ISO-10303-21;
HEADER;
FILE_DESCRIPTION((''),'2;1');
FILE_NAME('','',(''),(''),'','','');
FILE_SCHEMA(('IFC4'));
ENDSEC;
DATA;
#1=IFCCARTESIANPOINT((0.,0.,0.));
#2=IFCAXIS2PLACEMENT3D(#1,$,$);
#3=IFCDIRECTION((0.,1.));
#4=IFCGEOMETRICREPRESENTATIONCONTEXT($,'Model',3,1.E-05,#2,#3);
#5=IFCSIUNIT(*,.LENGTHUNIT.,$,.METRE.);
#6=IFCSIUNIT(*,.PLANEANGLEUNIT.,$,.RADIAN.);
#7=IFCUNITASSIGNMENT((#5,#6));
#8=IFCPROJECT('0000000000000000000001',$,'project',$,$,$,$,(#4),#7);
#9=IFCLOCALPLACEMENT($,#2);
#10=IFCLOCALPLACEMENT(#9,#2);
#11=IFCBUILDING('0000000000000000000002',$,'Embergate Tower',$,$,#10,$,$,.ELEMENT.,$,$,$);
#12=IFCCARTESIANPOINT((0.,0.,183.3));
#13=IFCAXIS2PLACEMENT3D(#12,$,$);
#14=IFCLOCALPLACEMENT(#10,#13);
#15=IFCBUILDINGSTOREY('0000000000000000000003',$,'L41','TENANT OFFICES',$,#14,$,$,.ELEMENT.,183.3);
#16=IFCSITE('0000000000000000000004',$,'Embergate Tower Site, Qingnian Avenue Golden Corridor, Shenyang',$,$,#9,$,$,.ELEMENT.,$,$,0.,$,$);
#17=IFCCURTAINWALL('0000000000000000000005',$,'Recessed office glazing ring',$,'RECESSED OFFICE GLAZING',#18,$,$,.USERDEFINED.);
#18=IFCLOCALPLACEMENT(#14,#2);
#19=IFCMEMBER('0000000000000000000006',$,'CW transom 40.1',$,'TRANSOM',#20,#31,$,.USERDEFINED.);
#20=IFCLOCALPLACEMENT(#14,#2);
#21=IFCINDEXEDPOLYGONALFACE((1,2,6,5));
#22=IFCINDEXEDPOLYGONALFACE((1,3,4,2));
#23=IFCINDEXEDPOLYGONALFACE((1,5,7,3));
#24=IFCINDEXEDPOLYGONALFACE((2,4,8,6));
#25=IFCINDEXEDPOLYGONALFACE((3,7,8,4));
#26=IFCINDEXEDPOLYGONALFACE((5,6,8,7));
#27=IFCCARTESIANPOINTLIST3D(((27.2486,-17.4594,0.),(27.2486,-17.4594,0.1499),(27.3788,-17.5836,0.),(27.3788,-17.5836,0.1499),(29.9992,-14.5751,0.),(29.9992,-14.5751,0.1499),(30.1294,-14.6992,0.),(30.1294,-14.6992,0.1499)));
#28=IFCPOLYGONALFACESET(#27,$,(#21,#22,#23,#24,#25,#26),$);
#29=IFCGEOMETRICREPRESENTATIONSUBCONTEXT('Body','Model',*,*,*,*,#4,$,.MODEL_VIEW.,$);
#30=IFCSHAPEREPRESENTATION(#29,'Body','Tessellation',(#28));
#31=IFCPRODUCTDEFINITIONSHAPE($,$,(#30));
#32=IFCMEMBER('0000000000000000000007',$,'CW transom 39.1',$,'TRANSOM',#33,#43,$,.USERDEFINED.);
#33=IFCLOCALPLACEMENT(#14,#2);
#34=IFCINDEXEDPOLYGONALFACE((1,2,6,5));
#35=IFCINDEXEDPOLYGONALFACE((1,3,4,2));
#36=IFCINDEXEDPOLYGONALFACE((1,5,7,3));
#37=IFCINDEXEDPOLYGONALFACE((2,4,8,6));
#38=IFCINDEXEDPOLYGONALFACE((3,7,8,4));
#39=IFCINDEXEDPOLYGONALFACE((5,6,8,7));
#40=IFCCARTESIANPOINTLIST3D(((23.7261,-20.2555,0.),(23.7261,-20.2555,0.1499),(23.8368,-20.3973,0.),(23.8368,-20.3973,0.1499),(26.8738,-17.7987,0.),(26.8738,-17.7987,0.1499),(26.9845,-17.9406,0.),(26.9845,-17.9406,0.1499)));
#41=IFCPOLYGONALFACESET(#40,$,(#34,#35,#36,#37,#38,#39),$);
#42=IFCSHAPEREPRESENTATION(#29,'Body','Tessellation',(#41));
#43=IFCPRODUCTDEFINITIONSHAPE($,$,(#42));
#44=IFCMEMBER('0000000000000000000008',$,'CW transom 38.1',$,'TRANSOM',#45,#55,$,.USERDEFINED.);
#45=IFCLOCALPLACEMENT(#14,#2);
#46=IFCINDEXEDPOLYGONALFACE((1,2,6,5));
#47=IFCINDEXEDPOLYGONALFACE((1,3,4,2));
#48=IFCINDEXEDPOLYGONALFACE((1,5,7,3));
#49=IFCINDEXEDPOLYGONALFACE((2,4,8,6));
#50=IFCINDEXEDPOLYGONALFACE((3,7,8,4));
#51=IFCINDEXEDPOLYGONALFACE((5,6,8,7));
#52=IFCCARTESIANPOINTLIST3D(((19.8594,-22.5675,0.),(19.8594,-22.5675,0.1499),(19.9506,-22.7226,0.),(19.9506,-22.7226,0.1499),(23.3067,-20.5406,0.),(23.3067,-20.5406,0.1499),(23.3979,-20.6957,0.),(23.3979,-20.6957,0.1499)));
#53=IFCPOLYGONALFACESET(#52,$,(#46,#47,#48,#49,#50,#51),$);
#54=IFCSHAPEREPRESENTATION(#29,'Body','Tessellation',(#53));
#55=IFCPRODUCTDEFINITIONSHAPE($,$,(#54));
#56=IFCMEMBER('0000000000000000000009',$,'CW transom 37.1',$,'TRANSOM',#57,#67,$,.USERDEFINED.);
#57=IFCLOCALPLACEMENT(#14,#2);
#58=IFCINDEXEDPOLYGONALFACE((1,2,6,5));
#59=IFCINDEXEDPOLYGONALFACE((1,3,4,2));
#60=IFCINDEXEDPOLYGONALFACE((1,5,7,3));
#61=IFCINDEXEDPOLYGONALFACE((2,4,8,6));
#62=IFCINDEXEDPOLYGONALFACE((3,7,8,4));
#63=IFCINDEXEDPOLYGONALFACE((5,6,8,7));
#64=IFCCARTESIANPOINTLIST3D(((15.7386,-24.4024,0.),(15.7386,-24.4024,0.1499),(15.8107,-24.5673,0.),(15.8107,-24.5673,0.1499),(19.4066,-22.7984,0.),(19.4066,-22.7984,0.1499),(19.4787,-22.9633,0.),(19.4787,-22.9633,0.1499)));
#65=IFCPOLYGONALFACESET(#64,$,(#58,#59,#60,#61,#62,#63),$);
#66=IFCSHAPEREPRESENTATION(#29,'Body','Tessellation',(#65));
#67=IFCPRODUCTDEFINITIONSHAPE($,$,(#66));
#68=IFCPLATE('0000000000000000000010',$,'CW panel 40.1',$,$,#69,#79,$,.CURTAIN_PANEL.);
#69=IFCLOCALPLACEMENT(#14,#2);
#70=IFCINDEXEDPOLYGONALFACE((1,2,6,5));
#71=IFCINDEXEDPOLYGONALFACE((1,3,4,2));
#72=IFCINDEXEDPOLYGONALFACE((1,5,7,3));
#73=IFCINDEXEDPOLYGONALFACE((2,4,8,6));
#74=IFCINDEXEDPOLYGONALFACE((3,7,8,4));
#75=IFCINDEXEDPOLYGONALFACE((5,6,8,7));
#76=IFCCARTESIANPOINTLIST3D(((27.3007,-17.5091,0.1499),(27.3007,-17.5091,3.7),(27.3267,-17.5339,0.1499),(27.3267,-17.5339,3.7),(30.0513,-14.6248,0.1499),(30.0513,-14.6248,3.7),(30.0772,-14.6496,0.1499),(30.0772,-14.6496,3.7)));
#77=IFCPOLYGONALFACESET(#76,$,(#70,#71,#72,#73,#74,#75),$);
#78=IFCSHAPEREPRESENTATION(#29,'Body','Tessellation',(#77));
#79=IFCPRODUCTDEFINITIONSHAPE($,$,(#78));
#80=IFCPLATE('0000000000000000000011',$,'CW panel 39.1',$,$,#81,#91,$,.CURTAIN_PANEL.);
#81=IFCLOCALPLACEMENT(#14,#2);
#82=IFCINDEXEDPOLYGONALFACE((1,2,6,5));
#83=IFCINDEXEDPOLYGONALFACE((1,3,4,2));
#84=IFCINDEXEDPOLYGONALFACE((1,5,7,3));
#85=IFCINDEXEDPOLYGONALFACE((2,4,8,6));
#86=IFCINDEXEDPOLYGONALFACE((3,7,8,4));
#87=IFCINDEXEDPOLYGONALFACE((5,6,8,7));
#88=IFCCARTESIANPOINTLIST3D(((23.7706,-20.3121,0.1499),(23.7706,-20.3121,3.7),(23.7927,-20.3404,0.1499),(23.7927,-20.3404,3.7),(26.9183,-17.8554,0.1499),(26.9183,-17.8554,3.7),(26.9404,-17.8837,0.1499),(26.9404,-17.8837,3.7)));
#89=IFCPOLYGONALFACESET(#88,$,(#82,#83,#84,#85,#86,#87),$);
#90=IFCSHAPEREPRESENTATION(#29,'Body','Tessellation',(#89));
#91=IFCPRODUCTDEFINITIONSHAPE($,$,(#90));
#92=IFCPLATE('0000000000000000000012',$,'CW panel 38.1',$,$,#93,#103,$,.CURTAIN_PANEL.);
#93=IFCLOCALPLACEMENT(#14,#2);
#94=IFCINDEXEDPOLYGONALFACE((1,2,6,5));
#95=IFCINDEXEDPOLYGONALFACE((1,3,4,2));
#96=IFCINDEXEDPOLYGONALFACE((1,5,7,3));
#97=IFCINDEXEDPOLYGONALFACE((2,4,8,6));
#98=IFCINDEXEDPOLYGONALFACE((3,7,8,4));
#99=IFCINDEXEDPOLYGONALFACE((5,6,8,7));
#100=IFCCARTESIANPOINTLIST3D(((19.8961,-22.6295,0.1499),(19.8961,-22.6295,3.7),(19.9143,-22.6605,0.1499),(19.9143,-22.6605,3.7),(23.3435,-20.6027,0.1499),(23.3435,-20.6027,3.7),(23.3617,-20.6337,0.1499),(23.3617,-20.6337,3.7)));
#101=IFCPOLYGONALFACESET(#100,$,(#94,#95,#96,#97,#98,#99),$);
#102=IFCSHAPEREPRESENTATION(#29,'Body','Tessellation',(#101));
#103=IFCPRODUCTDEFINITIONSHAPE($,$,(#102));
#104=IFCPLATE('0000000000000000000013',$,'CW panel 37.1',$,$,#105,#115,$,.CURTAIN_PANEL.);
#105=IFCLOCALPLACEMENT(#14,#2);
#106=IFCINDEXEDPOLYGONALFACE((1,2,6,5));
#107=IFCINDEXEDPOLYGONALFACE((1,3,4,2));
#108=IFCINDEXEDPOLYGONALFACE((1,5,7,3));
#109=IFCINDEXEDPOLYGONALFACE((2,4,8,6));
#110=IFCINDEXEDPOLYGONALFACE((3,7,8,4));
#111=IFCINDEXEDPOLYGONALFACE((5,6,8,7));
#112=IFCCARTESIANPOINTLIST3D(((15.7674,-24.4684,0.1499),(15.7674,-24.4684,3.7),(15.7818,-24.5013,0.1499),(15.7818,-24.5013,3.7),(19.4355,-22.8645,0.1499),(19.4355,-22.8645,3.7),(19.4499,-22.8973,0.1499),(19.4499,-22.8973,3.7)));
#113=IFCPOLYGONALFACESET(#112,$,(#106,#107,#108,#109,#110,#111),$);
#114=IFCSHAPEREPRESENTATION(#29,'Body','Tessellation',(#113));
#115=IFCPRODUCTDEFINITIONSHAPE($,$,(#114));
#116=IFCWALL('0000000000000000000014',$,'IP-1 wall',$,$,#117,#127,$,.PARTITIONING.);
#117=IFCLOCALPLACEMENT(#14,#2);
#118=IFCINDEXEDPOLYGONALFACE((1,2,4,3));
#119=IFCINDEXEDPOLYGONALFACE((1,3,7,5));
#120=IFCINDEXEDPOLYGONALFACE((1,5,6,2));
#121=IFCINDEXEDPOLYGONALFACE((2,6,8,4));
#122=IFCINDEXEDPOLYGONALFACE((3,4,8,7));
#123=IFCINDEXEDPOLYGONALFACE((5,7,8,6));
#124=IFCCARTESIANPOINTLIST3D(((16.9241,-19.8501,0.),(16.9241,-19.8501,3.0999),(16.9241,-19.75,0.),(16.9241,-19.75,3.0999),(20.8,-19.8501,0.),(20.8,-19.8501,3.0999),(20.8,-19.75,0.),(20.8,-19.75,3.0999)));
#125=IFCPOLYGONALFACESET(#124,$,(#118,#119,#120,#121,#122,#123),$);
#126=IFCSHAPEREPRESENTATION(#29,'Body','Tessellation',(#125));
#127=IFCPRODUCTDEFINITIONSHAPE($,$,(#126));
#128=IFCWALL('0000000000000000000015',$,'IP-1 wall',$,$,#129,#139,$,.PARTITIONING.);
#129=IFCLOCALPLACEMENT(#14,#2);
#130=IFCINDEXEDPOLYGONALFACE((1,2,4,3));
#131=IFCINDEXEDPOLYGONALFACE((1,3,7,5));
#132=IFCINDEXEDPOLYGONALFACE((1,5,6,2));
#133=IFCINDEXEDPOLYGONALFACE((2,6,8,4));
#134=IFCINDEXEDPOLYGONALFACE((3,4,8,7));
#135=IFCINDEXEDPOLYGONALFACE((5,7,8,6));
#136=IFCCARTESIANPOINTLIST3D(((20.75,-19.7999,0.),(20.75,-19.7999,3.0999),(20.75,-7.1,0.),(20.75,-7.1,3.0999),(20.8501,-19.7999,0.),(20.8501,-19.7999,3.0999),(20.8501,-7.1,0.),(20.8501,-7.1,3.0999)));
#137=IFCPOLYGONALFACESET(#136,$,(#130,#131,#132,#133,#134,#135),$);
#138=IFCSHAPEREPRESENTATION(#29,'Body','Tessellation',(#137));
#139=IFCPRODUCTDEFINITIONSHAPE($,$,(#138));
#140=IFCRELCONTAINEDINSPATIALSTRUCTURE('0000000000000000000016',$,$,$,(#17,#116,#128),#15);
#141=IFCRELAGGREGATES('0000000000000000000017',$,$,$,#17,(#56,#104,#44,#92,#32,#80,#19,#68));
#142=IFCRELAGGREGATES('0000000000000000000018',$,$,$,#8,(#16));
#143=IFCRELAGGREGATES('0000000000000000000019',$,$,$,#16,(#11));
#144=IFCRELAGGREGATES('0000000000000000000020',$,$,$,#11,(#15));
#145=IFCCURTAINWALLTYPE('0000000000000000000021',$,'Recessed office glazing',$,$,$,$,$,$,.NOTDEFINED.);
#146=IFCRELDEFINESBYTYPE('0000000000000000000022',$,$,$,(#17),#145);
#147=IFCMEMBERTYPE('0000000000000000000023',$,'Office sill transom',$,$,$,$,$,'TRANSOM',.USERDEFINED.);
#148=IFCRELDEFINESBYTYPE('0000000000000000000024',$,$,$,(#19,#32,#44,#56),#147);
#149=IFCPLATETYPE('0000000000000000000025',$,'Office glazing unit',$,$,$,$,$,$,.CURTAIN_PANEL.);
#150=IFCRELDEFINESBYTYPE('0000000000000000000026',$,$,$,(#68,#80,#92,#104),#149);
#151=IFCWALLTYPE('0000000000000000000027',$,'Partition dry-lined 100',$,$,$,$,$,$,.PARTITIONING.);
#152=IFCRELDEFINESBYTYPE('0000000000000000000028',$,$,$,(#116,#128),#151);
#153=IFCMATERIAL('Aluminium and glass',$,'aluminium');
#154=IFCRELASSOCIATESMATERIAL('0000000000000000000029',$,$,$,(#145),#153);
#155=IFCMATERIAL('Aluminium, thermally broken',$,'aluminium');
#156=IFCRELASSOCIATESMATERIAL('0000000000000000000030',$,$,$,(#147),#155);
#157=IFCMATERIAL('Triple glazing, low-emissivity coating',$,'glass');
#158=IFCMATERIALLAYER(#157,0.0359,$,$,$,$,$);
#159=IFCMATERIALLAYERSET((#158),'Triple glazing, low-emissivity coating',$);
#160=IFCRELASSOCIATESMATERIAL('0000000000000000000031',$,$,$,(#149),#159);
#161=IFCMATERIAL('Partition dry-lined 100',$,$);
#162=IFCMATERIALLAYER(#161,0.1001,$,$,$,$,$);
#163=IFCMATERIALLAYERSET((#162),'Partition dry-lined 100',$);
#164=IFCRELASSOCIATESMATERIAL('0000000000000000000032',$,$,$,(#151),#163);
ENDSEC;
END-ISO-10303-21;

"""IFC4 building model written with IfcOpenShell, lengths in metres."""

from ifc_helpers import new_model, si_unit, direction, frame, frame_2d, origin, origin_2d, place, context, subcontext, project, spatial, rectangle, extrude, source, transform, mapped, material, layer, layer_set, material_profile, profile_set, type_object, element, aggregate, save


model = new_model("IFC4")

# Units and contexts
model_context = context("Model", 3, precision=1e-05, world=origin(), true_north=direction((0.0, 1.0)))
body_context = subcontext(model_context, "Body", "Model", "MODEL_VIEW")
ifc_project = project(units=[si_unit("LENGTHUNIT", "METRE"), si_unit("PLANEANGLEUNIT", "RADIAN")], contexts=[model_context])

# Site, building, storey
site_placement = place(None, origin())
site = spatial("IfcSite", under=ifc_project, at=site_placement, Name="Embergate Tower Site, Qingnian Avenue Golden Corridor, Shenyang", CompositionType="ELEMENT", RefElevation=0.0)
building_placement = place(site_placement, origin())
building = spatial("IfcBuilding", under=site, at=building_placement, Name="Embergate Tower", CompositionType="ELEMENT")
storey_placement = place(building_placement, frame((0.0, 0.0, 183.3)))
storey = spatial("IfcBuildingStorey", under=building, at=storey_placement, Name="L41", Description="TENANT OFFICES", CompositionType="ELEMENT", Elevation=183.3)

# Curtain wall, members, plates
ifc_material_1 = material(Name="Aluminium and glass", Category="aluminium")
curtain_wall_type = type_object("IfcCurtainWallType", Name="Recessed office glazing", PredefinedType="NOTDEFINED", material=ifc_material_1)
curtain_wall_placement = place(storey_placement, origin())
curtain_wall = element("IfcCurtainWall", 1, at=curtain_wall_placement, inside=storey, type_object=curtain_wall_type, Name="Recessed office glazing ring", ObjectType="RECESSED OFFICE GLAZING", PredefinedType="USERDEFINED")
ifc_material_2 = material(Name="Aluminium, thermally broken", Category="aluminium")
ifc_material_profile_1 = material_profile(ifc_material_2, rectangle(XDim=0.1799, YDim=0.1499, at=origin_2d()), Name="AL 150x180")
ifc_profile_set_1 = profile_set([ifc_material_profile_1], Name="Aluminium, thermally broken")
member_type_1 = type_object("IfcMemberType", Name="Office sill transom", ElementType="TRANSOM", PredefinedType="USERDEFINED", material=ifc_profile_set_1)
shared_shape_1 = source(origin(), body_context, "Body", "SweptSolid", [
    extrude(rectangle(XDim=0.1799, YDim=0.1499, at=origin_2d()), origin(), (0.0, 0.0, 1.0), 3.9856),
])
member_1_placement = place(storey_placement, frame((27.3137, -17.5215, 0.075), z_axis=(0.690123, 0.723692, 0.0), x_axis=(-0.723692, 0.690123, 0.0)))
member_1 = element("IfcMember", 2, at=member_1_placement, type_object=member_type_1, Name="CW transom 40.1", ObjectType="TRANSOM", PredefinedType="USERDEFINED", context=body_context, shape_type="MappedRepresentation", body=[
    mapped(shared_shape_1, transform((0.0, 0.0, 0.0))),
])
shared_shape_2 = source(origin(), body_context, "Body", "SweptSolid", [
    extrude(rectangle(XDim=0.1799, YDim=0.1499, at=origin_2d()), origin(), (0.0, 0.0, 1.0), 3.9929),
])
member_2_placement = place(storey_placement, frame((23.7815, -20.3264, 0.075), z_axis=(0.788311, 0.615277, 0.0), x_axis=(-0.615277, 0.788311, 0.0)))
member_2 = element("IfcMember", 3, at=member_2_placement, type_object=member_type_1, Name="CW transom 39.1", ObjectType="TRANSOM", PredefinedType="USERDEFINED", context=body_context, shape_type="MappedRepresentation", body=[
    mapped(shared_shape_2, transform((0.0, 0.0, 0.0))),
])
shared_shape_3 = source(origin(), body_context, "Body", "SweptSolid", [
    extrude(rectangle(XDim=0.1799, YDim=0.1499, at=origin_2d()), origin(), (0.0, 0.0, 1.0), 3.999),
])
member_3_placement = place(storey_placement, frame((19.905, -22.645, 0.075), z_axis=(0.862038, 0.506844, 0.0), x_axis=(-0.506844, 0.862038, 0.0)))
member_3 = element("IfcMember", 4, at=member_3_placement, type_object=member_type_1, Name="CW transom 38.1", ObjectType="TRANSOM", PredefinedType="USERDEFINED", context=body_context, shape_type="MappedRepresentation", body=[
    mapped(shared_shape_3, transform((0.0, 0.0, 0.0))),
])
shared_shape_4 = source(origin(), body_context, "Body", "SweptSolid", [
    extrude(rectangle(XDim=0.1799, YDim=0.1499, at=origin_2d()), origin(), (0.0, 0.0, 1.0), 4.0034),
])
member_4_placement = place(storey_placement, frame((15.7747, -24.4849, 0.075), z_axis=(0.916225, 0.400665, 0.0), x_axis=(-0.400665, 0.916225, 0.0)))
member_4 = element("IfcMember", 5, at=member_4_placement, type_object=member_type_1, Name="CW transom 37.1", ObjectType="TRANSOM", PredefinedType="USERDEFINED", context=body_context, shape_type="MappedRepresentation", body=[
    mapped(shared_shape_4, transform((0.0, 0.0, 0.0))),
])
ifc_material_3 = material(Name="Triple glazing, low-emissivity coating", Category="glass")
ifc_layer_1 = layer(ifc_material_3, 0.0359)
ifc_layer_set_1 = layer_set([ifc_layer_1], Name="Triple glazing, low-emissivity coating")
plate_type = type_object("IfcPlateType", Name="Office glazing unit", PredefinedType="CURTAIN_PANEL", material=ifc_layer_set_1)
shared_shape_5 = source(origin(), body_context, "Body", "SweptSolid", [
    extrude(rectangle(XDim=3.9856, YDim=0.0359, at=origin_2d()), origin(), (0.0, 0.0, 1.0), 3.55),
])
plate_1_placement = place(storey_placement, frame((28.689, -16.0793, 0.1499), z_axis=(0.0, 0.0, 1.0), x_axis=(0.690133, 0.723683, 0.0)))
plate_1 = element("IfcPlate", 6, at=plate_1_placement, type_object=plate_type, Name="CW panel 40.1", PredefinedType="CURTAIN_PANEL", context=body_context, shape_type="MappedRepresentation", body=[
    mapped(shared_shape_5, transform((0.0, 0.0, 0.0))),
])
shared_shape_6 = source(origin(), body_context, "Body", "SweptSolid", [
    extrude(rectangle(XDim=3.9929, YDim=0.0359, at=origin_2d()), origin(), (0.0, 0.0, 1.0), 3.55),
])
plate_2_placement = place(storey_placement, frame((25.3555, -19.0979, 0.1499), z_axis=(0.0, 0.0, 1.0), x_axis=(0.788318, 0.615268, 0.0)))
plate_2 = element("IfcPlate", 7, at=plate_2_placement, type_object=plate_type, Name="CW panel 39.1", PredefinedType="CURTAIN_PANEL", context=body_context, shape_type="MappedRepresentation", body=[
    mapped(shared_shape_6, transform((0.0, 0.0, 0.0))),
])
shared_shape_7 = source(origin(), body_context, "Body", "SweptSolid", [
    extrude(rectangle(XDim=3.999, YDim=0.0359, at=origin_2d()), origin(), (0.0, 0.0, 1.0), 3.55),
])
plate_3_placement = place(storey_placement, frame((21.6289, -21.6316, 0.1499), z_axis=(0.0, 0.0, 1.0), x_axis=(0.862051, 0.506821, 0.0)))
plate_3 = element("IfcPlate", 8, at=plate_3_placement, type_object=plate_type, Name="CW panel 38.1", PredefinedType="CURTAIN_PANEL", context=body_context, shape_type="MappedRepresentation", body=[
    mapped(shared_shape_7, transform((0.0, 0.0, 0.0))),
])
shared_shape_8 = source(origin(), body_context, "Body", "SweptSolid", [
    extrude(rectangle(XDim=4.0034, YDim=0.0359, at=origin_2d()), origin(), (0.0, 0.0, 1.0), 3.55),
])
plate_4_placement = place(storey_placement, frame((17.6086, -23.6829, 0.1499), z_axis=(0.0, 0.0, 1.0), x_axis=(0.916235, 0.400642, 0.0)))
plate_4 = element("IfcPlate", 9, at=plate_4_placement, type_object=plate_type, Name="CW panel 37.1", PredefinedType="CURTAIN_PANEL", context=body_context, shape_type="MappedRepresentation", body=[
    mapped(shared_shape_8, transform((0.0, 0.0, 0.0))),
])
aggregate(curtain_wall, [member_4, plate_4, member_3, plate_3, member_2, plate_2, member_1, plate_1])

# Walls
ifc_material_4 = material(Name="Partition dry-lined 100")
ifc_layer_2 = layer(ifc_material_4, 0.1001)
ifc_layer_set_2 = layer_set([ifc_layer_2], Name="Partition dry-lined 100")
wall_type = type_object("IfcWallType", Name="Partition dry-lined 100", PredefinedType="PARTITIONING", material=ifc_layer_set_2)
shared_shape_9 = source(origin(), body_context, "Body", "SweptSolid", [
    extrude(rectangle(XDim=3.876, YDim=0.1001, at=frame_2d((1.938, 0.0))), origin(), (0.0, 0.0, 1.0), 3.0999),
])
wall_1_placement = place(storey_placement, frame((16.9241, -19.8, 0.0), z_axis=(0.0, 0.0, 1.0), x_axis=(1.0, 0.0, 0.0)))
element("IfcWall", 10, at=wall_1_placement, inside=storey, type_object=wall_type, Name="IP-1 wall", PredefinedType="PARTITIONING", context=body_context, shape_type="MappedRepresentation", body=[
    mapped(shared_shape_9, transform((0.0, 0.0, 0.0))),
])
shared_shape_10 = source(origin(), body_context, "Body", "SweptSolid", [
    extrude(rectangle(XDim=12.7, YDim=0.1001, at=frame_2d((6.3501, 0.0))), origin(), (0.0, 0.0, 1.0), 3.0999),
])
wall_2_placement = place(storey_placement, frame((20.8, -19.8, 0.0), z_axis=(0.0, 0.0, 1.0), x_axis=(0.0, 1.0, 0.0)))
element("IfcWall", 11, at=wall_2_placement, inside=storey, type_object=wall_type, Name="IP-1 wall", PredefinedType="PARTITIONING", context=body_context, shape_type="MappedRepresentation", body=[
    mapped(shared_shape_10, transform((0.0, 0.0, 0.0))),
])

save(model, "model.ifc")
